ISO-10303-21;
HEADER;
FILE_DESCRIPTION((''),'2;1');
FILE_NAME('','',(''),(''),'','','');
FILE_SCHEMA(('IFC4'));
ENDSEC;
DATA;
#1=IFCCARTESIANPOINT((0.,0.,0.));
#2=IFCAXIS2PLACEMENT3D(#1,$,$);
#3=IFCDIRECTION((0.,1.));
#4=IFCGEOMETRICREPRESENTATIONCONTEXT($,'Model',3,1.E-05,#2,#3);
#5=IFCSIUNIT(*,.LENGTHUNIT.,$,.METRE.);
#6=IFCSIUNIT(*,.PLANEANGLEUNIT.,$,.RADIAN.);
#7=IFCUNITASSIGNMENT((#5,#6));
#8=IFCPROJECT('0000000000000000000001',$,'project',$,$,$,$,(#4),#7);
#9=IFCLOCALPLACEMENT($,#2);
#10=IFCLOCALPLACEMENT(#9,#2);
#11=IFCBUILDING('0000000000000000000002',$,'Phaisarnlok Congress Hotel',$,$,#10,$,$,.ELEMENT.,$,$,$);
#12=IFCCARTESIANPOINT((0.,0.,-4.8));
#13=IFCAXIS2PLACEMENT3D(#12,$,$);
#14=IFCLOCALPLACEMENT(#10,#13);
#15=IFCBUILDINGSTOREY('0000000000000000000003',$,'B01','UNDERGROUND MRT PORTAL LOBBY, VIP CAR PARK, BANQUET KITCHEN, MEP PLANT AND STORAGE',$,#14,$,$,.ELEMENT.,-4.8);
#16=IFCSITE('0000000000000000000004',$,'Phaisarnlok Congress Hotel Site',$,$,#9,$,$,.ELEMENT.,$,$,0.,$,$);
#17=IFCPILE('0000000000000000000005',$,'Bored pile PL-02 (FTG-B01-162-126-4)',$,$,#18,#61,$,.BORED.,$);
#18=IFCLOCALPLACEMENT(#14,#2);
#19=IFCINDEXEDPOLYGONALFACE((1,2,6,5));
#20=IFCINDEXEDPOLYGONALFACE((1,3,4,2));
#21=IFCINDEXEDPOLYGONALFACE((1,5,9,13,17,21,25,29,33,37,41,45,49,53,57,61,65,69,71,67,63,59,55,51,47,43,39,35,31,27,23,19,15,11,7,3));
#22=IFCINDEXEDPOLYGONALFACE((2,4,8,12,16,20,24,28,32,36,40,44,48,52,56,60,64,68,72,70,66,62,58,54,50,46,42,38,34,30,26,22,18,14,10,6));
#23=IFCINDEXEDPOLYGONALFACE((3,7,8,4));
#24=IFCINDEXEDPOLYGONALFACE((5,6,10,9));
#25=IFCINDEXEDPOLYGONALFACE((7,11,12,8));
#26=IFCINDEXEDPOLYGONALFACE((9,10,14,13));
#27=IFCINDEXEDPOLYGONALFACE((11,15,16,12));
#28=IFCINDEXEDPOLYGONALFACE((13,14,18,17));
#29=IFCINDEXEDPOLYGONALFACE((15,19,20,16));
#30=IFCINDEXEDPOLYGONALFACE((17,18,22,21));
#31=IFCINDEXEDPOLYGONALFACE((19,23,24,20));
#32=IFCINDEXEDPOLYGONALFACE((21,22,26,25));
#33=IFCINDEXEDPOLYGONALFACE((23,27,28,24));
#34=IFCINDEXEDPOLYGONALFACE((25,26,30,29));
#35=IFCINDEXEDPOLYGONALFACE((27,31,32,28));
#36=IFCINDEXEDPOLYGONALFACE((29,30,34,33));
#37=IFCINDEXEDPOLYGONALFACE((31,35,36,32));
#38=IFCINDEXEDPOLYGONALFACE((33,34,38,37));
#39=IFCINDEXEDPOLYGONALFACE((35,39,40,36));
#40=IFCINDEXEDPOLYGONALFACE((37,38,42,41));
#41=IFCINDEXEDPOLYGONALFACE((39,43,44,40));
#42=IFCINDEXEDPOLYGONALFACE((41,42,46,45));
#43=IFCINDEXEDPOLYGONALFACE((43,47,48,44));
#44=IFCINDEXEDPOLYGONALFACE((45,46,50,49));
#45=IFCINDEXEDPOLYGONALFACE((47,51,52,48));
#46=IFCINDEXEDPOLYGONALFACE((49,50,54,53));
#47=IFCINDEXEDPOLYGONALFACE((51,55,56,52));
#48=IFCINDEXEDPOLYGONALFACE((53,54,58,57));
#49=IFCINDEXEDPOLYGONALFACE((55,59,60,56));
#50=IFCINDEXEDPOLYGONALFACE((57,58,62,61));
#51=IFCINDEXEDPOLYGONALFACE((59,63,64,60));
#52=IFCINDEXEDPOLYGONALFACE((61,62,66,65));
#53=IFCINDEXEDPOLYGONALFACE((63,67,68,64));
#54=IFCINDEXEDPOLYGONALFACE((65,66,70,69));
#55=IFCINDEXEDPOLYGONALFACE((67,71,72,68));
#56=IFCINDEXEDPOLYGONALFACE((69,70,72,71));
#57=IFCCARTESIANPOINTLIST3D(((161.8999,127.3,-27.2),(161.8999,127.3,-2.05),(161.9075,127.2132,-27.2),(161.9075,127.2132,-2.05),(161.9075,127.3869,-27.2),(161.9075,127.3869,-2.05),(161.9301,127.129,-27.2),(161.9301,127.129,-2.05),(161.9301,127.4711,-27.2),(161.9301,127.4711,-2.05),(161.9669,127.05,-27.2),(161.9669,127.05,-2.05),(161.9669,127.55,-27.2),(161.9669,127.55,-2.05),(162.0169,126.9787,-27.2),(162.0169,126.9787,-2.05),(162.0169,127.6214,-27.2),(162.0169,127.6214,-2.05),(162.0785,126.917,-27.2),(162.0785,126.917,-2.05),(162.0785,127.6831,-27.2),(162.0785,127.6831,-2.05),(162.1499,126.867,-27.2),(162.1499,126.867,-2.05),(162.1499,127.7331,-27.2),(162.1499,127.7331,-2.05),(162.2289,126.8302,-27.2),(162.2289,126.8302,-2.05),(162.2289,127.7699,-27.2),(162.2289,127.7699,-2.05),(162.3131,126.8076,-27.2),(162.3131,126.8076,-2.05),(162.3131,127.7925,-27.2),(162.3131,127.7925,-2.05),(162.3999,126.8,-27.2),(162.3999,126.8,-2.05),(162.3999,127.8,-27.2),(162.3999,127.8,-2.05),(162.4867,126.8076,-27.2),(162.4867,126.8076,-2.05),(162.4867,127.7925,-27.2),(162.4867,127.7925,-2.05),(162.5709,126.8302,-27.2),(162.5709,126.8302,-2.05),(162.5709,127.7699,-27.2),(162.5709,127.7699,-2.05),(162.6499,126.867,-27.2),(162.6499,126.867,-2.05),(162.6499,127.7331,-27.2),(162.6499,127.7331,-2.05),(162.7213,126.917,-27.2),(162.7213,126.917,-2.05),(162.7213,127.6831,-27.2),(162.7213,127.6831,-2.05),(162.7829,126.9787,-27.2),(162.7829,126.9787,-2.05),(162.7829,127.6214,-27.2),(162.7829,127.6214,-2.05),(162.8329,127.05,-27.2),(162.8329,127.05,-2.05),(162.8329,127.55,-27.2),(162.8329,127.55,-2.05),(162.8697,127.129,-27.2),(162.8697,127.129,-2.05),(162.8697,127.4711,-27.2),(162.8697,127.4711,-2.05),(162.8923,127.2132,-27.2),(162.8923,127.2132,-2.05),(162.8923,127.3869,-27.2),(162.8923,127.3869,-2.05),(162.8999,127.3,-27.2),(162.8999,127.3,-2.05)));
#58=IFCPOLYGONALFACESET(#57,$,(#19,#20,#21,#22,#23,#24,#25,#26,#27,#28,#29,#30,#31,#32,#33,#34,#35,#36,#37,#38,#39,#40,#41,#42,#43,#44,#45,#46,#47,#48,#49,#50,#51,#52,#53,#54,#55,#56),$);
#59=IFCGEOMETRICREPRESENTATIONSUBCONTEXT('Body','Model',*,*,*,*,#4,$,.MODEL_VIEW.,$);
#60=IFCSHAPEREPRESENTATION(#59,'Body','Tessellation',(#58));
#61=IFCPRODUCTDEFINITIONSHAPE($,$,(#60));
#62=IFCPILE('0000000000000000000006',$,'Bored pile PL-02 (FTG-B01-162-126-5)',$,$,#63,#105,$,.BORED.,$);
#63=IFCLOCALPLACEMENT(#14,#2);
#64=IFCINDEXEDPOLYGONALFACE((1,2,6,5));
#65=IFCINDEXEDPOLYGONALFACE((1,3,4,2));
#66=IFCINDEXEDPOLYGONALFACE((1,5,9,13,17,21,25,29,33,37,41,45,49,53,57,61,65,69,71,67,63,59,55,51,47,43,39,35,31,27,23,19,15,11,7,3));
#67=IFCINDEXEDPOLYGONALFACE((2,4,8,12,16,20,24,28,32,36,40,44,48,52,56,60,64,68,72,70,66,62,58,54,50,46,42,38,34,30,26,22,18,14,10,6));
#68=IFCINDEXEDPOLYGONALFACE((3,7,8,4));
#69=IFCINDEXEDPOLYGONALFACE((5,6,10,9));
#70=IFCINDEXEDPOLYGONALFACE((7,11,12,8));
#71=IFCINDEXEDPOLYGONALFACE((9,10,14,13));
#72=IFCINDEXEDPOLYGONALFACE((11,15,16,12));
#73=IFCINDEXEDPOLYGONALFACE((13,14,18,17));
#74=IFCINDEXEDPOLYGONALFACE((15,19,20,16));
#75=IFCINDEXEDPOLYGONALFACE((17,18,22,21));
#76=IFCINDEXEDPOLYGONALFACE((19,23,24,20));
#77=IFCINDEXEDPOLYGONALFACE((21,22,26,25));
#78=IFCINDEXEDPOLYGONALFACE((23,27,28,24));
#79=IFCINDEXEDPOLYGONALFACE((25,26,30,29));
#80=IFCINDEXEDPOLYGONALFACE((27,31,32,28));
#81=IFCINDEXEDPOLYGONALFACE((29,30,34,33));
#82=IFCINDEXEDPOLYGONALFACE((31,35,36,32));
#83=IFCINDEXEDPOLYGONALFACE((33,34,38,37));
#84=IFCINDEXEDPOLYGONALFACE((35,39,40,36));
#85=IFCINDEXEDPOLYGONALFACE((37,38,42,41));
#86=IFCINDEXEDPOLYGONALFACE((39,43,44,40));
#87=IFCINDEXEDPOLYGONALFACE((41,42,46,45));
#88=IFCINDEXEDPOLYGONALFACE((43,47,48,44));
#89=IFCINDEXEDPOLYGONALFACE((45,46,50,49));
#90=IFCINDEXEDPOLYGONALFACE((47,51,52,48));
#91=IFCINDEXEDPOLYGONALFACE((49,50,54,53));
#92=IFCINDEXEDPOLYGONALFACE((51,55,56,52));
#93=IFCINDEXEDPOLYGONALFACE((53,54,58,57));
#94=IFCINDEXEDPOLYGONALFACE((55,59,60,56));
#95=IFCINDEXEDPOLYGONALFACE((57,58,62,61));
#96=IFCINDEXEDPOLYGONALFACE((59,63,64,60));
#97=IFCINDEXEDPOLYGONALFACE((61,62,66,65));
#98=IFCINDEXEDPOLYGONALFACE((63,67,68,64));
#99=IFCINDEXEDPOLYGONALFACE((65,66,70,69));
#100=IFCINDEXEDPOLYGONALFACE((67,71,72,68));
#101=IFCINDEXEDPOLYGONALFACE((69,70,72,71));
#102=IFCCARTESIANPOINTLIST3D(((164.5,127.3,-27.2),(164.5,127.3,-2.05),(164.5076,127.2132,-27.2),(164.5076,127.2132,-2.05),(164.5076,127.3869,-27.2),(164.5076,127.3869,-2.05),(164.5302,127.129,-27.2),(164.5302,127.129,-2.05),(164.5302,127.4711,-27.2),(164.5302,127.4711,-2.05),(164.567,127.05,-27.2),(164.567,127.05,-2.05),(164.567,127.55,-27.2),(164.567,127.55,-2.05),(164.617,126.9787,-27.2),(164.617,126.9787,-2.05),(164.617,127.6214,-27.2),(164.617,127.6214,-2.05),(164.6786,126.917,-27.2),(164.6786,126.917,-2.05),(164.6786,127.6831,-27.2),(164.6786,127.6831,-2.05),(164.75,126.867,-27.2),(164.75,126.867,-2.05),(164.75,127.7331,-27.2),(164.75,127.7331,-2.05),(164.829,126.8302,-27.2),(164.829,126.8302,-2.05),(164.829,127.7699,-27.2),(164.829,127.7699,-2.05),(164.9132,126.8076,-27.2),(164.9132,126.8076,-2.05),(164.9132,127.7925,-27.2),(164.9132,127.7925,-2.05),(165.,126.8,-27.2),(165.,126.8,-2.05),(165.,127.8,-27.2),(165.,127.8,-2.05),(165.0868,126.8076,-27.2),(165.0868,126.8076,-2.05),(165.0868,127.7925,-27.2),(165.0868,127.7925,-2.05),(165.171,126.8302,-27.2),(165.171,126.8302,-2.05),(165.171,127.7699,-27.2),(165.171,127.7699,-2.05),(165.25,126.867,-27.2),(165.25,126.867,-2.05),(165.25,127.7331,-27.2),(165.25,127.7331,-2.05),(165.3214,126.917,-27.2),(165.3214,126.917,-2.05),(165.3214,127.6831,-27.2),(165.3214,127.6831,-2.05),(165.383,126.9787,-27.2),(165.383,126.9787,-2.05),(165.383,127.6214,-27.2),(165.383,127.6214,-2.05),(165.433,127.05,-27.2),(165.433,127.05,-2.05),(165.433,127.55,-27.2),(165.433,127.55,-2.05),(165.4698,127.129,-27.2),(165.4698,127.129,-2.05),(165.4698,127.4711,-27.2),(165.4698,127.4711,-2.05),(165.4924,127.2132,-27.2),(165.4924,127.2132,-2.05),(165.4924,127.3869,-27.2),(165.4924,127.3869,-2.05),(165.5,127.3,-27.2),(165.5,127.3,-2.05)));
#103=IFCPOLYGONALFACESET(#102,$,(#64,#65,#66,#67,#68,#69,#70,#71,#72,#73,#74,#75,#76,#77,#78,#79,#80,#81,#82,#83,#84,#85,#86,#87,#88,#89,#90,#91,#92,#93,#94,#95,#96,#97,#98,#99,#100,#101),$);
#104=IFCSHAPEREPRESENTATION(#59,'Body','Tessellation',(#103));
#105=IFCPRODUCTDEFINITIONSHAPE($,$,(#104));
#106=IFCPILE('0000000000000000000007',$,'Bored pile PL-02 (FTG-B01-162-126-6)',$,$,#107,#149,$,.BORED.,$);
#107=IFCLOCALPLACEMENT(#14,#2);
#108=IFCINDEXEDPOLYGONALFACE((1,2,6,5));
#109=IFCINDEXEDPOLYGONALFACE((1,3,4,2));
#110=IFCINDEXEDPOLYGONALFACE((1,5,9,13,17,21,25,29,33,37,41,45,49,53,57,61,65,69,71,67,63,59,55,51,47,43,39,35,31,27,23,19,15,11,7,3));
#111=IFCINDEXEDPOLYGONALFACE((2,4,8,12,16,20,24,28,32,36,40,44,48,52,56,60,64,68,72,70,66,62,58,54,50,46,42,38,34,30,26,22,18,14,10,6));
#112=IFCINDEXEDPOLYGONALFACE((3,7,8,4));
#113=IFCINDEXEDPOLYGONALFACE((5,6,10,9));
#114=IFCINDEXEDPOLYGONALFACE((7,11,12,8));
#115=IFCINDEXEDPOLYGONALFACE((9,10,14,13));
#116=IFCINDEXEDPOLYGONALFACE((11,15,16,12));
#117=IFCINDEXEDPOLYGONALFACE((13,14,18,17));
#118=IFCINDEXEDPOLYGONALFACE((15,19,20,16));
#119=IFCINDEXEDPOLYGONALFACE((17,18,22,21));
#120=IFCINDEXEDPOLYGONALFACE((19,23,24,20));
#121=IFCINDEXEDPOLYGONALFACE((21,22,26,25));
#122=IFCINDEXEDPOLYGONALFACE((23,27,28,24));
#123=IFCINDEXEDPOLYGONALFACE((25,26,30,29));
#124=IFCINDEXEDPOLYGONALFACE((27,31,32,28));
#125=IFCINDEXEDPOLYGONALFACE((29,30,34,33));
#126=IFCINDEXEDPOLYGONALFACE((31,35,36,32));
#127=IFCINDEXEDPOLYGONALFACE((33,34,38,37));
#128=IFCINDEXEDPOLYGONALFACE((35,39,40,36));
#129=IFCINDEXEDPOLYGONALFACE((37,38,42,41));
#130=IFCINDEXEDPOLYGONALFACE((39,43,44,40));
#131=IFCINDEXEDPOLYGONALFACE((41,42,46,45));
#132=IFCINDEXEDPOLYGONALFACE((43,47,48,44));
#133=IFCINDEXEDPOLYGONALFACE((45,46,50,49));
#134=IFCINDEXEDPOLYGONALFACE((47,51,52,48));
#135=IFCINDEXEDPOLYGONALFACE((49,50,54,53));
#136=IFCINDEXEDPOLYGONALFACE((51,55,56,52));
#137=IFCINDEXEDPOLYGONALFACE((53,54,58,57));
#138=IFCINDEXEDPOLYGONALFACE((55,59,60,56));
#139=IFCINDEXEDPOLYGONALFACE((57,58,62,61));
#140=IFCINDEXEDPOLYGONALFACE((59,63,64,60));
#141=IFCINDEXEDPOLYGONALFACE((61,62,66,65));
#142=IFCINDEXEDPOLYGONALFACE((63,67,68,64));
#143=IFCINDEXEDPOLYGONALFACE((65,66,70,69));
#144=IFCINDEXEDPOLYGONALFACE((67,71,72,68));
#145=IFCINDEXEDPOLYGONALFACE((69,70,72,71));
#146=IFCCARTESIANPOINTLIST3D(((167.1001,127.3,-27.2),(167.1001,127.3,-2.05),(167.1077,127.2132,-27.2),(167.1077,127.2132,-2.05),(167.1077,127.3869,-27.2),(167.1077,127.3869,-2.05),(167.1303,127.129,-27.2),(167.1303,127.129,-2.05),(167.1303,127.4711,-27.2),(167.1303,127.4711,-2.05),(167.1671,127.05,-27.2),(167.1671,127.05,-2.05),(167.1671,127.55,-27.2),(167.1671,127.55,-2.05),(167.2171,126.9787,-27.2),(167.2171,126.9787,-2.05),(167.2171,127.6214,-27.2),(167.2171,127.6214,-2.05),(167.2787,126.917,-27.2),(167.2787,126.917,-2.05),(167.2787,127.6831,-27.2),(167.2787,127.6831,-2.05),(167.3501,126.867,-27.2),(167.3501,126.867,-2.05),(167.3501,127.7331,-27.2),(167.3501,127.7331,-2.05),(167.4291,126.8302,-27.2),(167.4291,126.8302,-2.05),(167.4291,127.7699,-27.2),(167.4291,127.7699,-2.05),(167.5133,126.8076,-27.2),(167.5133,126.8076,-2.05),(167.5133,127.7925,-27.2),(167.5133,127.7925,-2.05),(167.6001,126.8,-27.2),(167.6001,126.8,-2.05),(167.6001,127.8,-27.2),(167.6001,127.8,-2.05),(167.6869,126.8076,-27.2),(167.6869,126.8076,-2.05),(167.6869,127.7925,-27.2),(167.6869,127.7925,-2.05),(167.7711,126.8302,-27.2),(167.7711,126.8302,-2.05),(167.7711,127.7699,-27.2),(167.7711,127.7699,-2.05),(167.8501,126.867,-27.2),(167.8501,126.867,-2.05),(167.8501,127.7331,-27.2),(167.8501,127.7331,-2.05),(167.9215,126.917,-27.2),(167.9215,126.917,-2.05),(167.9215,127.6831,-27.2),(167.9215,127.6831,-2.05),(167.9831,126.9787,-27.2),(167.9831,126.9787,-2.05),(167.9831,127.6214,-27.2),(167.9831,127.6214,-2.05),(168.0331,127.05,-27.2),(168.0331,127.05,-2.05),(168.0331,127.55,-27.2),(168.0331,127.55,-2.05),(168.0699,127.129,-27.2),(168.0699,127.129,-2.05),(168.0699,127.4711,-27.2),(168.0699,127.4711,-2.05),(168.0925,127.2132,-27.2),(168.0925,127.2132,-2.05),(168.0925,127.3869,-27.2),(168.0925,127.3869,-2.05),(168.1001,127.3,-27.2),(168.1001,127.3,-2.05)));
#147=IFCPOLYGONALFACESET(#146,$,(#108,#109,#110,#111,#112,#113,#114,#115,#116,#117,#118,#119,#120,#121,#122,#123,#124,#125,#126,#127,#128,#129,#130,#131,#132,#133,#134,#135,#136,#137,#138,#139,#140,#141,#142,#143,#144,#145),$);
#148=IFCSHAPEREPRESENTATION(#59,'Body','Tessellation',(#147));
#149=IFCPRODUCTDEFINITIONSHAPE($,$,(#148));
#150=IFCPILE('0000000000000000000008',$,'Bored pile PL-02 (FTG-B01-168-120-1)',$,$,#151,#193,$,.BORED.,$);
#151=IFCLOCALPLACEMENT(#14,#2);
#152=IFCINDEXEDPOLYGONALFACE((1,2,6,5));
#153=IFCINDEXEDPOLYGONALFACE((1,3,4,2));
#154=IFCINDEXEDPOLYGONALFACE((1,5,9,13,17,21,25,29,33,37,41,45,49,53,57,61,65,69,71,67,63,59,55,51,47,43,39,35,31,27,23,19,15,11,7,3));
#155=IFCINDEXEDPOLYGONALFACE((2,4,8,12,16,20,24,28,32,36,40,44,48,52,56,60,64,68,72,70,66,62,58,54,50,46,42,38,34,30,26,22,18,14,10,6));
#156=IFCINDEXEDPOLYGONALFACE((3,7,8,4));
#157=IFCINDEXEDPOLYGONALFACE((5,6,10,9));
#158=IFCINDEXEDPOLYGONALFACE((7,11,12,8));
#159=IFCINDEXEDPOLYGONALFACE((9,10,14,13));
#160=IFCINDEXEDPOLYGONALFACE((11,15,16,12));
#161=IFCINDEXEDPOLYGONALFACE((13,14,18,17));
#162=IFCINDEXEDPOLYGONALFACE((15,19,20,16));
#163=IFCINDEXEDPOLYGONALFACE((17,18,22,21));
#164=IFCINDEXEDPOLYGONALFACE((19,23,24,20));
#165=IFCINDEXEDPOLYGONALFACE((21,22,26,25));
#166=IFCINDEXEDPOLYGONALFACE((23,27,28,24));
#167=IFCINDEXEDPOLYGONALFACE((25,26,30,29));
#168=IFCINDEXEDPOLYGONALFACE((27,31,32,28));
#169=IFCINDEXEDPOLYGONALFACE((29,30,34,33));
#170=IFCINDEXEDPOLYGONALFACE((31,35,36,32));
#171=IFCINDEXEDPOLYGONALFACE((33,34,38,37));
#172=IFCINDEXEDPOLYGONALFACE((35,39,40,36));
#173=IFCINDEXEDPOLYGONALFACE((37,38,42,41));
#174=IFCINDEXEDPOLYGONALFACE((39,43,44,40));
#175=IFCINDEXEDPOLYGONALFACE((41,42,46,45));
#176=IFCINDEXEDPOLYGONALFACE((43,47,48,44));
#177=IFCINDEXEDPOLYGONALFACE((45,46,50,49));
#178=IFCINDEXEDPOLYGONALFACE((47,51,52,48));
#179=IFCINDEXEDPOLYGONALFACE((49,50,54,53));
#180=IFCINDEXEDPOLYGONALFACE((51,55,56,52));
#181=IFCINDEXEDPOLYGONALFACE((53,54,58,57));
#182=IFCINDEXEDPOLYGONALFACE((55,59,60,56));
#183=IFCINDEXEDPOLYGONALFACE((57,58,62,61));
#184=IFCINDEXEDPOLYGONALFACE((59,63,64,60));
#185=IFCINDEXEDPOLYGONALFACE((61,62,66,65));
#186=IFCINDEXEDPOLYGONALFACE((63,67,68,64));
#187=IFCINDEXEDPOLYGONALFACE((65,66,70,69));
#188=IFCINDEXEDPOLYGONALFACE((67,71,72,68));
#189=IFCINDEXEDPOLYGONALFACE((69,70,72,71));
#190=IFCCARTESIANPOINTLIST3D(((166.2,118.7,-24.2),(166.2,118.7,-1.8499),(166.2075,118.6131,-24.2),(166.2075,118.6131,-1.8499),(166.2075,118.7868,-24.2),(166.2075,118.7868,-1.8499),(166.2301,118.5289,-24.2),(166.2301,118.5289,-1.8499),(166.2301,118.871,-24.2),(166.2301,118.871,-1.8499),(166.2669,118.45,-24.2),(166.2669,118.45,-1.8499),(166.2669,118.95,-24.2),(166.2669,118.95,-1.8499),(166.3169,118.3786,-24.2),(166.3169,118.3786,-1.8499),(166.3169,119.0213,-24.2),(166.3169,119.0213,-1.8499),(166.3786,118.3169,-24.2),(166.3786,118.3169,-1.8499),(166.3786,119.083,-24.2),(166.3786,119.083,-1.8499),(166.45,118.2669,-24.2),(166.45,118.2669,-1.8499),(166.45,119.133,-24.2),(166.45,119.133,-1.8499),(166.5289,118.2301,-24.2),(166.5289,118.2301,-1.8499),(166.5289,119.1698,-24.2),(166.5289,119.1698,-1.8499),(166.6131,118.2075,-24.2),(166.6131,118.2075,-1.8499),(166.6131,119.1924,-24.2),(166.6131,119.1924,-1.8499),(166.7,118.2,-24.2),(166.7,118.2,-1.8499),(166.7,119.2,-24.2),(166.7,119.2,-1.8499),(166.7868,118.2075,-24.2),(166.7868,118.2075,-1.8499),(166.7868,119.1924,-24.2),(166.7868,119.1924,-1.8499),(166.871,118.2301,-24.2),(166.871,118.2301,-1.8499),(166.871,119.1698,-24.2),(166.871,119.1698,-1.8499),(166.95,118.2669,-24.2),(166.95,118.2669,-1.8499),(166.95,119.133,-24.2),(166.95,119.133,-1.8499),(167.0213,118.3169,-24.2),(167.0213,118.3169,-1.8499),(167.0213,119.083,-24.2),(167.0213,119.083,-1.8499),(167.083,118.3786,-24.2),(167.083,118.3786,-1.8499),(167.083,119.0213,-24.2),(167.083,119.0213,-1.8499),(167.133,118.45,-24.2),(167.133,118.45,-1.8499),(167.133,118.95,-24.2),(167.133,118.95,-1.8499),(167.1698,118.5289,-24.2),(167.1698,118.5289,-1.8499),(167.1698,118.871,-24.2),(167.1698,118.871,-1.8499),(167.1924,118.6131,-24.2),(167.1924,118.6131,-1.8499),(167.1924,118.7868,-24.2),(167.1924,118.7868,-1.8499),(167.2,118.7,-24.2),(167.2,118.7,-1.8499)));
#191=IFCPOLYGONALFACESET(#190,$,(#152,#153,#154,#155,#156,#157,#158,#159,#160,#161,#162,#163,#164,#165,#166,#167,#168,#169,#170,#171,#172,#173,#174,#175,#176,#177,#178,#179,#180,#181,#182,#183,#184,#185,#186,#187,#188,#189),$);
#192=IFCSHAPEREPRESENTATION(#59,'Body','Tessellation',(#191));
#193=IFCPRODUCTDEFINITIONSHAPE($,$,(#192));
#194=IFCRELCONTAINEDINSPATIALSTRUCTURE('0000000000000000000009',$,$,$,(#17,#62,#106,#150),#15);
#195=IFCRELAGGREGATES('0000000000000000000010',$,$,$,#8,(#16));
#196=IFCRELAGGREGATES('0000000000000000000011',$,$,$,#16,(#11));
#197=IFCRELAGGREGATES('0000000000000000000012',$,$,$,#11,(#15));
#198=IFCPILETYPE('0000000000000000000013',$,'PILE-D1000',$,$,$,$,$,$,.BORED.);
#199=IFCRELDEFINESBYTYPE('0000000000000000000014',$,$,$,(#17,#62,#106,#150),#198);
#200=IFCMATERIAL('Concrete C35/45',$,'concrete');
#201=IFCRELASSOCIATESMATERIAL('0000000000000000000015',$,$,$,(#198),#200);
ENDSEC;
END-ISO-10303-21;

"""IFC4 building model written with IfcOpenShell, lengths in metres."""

from ifc_helpers import new_model, si_unit, direction, frame, origin, origin_2d, place, context, subcontext, project, spatial, circle, extrude, material, material_profile, profile_set, type_object, element, save


model = new_model("IFC4")

# Units and contexts
model_context = context("Model", 3, precision=1e-05, world=origin(), true_north=direction((0.0, 1.0)))
body_context = subcontext(model_context, "Body", "Model", "MODEL_VIEW")
ifc_project = project(units=[si_unit("LENGTHUNIT", "METRE"), si_unit("PLANEANGLEUNIT", "RADIAN")], contexts=[model_context])

# Site, building, storey
site_placement = place(None, origin())
site = spatial("IfcSite", under=ifc_project, at=site_placement, Name="Phaisarnlok Congress Hotel Site", CompositionType="ELEMENT", RefElevation=0.0)
building_placement = place(site_placement, origin())
building = spatial("IfcBuilding", under=site, at=building_placement, Name="Phaisarnlok Congress Hotel", CompositionType="ELEMENT")
storey_placement = place(building_placement, frame((0.0, 0.0, -4.8)))
storey = spatial("IfcBuildingStorey", under=building, at=storey_placement, Name="B01", Description="UNDERGROUND MRT PORTAL LOBBY, VIP CAR PARK, BANQUET KITCHEN, MEP PLANT AND STORAGE", CompositionType="ELEMENT", Elevation=-4.8)

# Piles
ifc_material_1 = material(Name="Concrete C35/45", Category="concrete")
ifc_material_profile_1 = material_profile(ifc_material_1, circle(Radius=0.5, at=origin_2d()), Name="BORED PILE D1000")
ifc_profile_set_1 = profile_set([ifc_material_profile_1], Name="Concrete C35/45")
pile_type_1 = type_object("IfcPileType", Name="PILE-D1000", PredefinedType="BORED", material=ifc_profile_set_1)
for number, where, z_axis, x_axis, name in (
    (1, (162.3999, 127.3, -2.05), (0.0, 0.0, -1.0), (1.0, 0.0, 0.0), "Bored pile PL-02 (FTG-B01-162-126-4)"),
    (2, (165.0, 127.3, -2.05), (0.0, 0.0, -1.0), (1.0, 0.0, 0.0), "Bored pile PL-02 (FTG-B01-162-126-5)"),
    (3, (167.6001, 127.3, -2.05), (0.0, 0.0, -1.0), (1.0, 0.0, 0.0), "Bored pile PL-02 (FTG-B01-162-126-6)"),
):
    element("IfcPile", number, at=place(storey_placement, frame(where, z_axis=z_axis, x_axis=x_axis)), inside=storey, type_object=pile_type_1, Name=name, PredefinedType="BORED", context=body_context, shape_type="SweptSolid", body=[
        extrude(circle(Radius=0.5, at=origin_2d()), origin(), (0.0, 0.0, 1.0), 25.1499),
    ])
for number, where, z_axis, x_axis, name in (
    (4, (166.7, 118.7, -1.8499), (0.0, 0.0, -1.0), (1.0, 0.0, 0.0), "Bored pile PL-02 (FTG-B01-168-120-1)"),
):
    element("IfcPile", number, at=place(storey_placement, frame(where, z_axis=z_axis, x_axis=x_axis)), inside=storey, type_object=pile_type_1, Name=name, PredefinedType="BORED", context=body_context, shape_type="SweptSolid", body=[
        extrude(circle(Radius=0.5, at=origin_2d()), origin(), (0.0, 0.0, 1.0), 22.3501),
    ])

save(model, "model.ifc")
